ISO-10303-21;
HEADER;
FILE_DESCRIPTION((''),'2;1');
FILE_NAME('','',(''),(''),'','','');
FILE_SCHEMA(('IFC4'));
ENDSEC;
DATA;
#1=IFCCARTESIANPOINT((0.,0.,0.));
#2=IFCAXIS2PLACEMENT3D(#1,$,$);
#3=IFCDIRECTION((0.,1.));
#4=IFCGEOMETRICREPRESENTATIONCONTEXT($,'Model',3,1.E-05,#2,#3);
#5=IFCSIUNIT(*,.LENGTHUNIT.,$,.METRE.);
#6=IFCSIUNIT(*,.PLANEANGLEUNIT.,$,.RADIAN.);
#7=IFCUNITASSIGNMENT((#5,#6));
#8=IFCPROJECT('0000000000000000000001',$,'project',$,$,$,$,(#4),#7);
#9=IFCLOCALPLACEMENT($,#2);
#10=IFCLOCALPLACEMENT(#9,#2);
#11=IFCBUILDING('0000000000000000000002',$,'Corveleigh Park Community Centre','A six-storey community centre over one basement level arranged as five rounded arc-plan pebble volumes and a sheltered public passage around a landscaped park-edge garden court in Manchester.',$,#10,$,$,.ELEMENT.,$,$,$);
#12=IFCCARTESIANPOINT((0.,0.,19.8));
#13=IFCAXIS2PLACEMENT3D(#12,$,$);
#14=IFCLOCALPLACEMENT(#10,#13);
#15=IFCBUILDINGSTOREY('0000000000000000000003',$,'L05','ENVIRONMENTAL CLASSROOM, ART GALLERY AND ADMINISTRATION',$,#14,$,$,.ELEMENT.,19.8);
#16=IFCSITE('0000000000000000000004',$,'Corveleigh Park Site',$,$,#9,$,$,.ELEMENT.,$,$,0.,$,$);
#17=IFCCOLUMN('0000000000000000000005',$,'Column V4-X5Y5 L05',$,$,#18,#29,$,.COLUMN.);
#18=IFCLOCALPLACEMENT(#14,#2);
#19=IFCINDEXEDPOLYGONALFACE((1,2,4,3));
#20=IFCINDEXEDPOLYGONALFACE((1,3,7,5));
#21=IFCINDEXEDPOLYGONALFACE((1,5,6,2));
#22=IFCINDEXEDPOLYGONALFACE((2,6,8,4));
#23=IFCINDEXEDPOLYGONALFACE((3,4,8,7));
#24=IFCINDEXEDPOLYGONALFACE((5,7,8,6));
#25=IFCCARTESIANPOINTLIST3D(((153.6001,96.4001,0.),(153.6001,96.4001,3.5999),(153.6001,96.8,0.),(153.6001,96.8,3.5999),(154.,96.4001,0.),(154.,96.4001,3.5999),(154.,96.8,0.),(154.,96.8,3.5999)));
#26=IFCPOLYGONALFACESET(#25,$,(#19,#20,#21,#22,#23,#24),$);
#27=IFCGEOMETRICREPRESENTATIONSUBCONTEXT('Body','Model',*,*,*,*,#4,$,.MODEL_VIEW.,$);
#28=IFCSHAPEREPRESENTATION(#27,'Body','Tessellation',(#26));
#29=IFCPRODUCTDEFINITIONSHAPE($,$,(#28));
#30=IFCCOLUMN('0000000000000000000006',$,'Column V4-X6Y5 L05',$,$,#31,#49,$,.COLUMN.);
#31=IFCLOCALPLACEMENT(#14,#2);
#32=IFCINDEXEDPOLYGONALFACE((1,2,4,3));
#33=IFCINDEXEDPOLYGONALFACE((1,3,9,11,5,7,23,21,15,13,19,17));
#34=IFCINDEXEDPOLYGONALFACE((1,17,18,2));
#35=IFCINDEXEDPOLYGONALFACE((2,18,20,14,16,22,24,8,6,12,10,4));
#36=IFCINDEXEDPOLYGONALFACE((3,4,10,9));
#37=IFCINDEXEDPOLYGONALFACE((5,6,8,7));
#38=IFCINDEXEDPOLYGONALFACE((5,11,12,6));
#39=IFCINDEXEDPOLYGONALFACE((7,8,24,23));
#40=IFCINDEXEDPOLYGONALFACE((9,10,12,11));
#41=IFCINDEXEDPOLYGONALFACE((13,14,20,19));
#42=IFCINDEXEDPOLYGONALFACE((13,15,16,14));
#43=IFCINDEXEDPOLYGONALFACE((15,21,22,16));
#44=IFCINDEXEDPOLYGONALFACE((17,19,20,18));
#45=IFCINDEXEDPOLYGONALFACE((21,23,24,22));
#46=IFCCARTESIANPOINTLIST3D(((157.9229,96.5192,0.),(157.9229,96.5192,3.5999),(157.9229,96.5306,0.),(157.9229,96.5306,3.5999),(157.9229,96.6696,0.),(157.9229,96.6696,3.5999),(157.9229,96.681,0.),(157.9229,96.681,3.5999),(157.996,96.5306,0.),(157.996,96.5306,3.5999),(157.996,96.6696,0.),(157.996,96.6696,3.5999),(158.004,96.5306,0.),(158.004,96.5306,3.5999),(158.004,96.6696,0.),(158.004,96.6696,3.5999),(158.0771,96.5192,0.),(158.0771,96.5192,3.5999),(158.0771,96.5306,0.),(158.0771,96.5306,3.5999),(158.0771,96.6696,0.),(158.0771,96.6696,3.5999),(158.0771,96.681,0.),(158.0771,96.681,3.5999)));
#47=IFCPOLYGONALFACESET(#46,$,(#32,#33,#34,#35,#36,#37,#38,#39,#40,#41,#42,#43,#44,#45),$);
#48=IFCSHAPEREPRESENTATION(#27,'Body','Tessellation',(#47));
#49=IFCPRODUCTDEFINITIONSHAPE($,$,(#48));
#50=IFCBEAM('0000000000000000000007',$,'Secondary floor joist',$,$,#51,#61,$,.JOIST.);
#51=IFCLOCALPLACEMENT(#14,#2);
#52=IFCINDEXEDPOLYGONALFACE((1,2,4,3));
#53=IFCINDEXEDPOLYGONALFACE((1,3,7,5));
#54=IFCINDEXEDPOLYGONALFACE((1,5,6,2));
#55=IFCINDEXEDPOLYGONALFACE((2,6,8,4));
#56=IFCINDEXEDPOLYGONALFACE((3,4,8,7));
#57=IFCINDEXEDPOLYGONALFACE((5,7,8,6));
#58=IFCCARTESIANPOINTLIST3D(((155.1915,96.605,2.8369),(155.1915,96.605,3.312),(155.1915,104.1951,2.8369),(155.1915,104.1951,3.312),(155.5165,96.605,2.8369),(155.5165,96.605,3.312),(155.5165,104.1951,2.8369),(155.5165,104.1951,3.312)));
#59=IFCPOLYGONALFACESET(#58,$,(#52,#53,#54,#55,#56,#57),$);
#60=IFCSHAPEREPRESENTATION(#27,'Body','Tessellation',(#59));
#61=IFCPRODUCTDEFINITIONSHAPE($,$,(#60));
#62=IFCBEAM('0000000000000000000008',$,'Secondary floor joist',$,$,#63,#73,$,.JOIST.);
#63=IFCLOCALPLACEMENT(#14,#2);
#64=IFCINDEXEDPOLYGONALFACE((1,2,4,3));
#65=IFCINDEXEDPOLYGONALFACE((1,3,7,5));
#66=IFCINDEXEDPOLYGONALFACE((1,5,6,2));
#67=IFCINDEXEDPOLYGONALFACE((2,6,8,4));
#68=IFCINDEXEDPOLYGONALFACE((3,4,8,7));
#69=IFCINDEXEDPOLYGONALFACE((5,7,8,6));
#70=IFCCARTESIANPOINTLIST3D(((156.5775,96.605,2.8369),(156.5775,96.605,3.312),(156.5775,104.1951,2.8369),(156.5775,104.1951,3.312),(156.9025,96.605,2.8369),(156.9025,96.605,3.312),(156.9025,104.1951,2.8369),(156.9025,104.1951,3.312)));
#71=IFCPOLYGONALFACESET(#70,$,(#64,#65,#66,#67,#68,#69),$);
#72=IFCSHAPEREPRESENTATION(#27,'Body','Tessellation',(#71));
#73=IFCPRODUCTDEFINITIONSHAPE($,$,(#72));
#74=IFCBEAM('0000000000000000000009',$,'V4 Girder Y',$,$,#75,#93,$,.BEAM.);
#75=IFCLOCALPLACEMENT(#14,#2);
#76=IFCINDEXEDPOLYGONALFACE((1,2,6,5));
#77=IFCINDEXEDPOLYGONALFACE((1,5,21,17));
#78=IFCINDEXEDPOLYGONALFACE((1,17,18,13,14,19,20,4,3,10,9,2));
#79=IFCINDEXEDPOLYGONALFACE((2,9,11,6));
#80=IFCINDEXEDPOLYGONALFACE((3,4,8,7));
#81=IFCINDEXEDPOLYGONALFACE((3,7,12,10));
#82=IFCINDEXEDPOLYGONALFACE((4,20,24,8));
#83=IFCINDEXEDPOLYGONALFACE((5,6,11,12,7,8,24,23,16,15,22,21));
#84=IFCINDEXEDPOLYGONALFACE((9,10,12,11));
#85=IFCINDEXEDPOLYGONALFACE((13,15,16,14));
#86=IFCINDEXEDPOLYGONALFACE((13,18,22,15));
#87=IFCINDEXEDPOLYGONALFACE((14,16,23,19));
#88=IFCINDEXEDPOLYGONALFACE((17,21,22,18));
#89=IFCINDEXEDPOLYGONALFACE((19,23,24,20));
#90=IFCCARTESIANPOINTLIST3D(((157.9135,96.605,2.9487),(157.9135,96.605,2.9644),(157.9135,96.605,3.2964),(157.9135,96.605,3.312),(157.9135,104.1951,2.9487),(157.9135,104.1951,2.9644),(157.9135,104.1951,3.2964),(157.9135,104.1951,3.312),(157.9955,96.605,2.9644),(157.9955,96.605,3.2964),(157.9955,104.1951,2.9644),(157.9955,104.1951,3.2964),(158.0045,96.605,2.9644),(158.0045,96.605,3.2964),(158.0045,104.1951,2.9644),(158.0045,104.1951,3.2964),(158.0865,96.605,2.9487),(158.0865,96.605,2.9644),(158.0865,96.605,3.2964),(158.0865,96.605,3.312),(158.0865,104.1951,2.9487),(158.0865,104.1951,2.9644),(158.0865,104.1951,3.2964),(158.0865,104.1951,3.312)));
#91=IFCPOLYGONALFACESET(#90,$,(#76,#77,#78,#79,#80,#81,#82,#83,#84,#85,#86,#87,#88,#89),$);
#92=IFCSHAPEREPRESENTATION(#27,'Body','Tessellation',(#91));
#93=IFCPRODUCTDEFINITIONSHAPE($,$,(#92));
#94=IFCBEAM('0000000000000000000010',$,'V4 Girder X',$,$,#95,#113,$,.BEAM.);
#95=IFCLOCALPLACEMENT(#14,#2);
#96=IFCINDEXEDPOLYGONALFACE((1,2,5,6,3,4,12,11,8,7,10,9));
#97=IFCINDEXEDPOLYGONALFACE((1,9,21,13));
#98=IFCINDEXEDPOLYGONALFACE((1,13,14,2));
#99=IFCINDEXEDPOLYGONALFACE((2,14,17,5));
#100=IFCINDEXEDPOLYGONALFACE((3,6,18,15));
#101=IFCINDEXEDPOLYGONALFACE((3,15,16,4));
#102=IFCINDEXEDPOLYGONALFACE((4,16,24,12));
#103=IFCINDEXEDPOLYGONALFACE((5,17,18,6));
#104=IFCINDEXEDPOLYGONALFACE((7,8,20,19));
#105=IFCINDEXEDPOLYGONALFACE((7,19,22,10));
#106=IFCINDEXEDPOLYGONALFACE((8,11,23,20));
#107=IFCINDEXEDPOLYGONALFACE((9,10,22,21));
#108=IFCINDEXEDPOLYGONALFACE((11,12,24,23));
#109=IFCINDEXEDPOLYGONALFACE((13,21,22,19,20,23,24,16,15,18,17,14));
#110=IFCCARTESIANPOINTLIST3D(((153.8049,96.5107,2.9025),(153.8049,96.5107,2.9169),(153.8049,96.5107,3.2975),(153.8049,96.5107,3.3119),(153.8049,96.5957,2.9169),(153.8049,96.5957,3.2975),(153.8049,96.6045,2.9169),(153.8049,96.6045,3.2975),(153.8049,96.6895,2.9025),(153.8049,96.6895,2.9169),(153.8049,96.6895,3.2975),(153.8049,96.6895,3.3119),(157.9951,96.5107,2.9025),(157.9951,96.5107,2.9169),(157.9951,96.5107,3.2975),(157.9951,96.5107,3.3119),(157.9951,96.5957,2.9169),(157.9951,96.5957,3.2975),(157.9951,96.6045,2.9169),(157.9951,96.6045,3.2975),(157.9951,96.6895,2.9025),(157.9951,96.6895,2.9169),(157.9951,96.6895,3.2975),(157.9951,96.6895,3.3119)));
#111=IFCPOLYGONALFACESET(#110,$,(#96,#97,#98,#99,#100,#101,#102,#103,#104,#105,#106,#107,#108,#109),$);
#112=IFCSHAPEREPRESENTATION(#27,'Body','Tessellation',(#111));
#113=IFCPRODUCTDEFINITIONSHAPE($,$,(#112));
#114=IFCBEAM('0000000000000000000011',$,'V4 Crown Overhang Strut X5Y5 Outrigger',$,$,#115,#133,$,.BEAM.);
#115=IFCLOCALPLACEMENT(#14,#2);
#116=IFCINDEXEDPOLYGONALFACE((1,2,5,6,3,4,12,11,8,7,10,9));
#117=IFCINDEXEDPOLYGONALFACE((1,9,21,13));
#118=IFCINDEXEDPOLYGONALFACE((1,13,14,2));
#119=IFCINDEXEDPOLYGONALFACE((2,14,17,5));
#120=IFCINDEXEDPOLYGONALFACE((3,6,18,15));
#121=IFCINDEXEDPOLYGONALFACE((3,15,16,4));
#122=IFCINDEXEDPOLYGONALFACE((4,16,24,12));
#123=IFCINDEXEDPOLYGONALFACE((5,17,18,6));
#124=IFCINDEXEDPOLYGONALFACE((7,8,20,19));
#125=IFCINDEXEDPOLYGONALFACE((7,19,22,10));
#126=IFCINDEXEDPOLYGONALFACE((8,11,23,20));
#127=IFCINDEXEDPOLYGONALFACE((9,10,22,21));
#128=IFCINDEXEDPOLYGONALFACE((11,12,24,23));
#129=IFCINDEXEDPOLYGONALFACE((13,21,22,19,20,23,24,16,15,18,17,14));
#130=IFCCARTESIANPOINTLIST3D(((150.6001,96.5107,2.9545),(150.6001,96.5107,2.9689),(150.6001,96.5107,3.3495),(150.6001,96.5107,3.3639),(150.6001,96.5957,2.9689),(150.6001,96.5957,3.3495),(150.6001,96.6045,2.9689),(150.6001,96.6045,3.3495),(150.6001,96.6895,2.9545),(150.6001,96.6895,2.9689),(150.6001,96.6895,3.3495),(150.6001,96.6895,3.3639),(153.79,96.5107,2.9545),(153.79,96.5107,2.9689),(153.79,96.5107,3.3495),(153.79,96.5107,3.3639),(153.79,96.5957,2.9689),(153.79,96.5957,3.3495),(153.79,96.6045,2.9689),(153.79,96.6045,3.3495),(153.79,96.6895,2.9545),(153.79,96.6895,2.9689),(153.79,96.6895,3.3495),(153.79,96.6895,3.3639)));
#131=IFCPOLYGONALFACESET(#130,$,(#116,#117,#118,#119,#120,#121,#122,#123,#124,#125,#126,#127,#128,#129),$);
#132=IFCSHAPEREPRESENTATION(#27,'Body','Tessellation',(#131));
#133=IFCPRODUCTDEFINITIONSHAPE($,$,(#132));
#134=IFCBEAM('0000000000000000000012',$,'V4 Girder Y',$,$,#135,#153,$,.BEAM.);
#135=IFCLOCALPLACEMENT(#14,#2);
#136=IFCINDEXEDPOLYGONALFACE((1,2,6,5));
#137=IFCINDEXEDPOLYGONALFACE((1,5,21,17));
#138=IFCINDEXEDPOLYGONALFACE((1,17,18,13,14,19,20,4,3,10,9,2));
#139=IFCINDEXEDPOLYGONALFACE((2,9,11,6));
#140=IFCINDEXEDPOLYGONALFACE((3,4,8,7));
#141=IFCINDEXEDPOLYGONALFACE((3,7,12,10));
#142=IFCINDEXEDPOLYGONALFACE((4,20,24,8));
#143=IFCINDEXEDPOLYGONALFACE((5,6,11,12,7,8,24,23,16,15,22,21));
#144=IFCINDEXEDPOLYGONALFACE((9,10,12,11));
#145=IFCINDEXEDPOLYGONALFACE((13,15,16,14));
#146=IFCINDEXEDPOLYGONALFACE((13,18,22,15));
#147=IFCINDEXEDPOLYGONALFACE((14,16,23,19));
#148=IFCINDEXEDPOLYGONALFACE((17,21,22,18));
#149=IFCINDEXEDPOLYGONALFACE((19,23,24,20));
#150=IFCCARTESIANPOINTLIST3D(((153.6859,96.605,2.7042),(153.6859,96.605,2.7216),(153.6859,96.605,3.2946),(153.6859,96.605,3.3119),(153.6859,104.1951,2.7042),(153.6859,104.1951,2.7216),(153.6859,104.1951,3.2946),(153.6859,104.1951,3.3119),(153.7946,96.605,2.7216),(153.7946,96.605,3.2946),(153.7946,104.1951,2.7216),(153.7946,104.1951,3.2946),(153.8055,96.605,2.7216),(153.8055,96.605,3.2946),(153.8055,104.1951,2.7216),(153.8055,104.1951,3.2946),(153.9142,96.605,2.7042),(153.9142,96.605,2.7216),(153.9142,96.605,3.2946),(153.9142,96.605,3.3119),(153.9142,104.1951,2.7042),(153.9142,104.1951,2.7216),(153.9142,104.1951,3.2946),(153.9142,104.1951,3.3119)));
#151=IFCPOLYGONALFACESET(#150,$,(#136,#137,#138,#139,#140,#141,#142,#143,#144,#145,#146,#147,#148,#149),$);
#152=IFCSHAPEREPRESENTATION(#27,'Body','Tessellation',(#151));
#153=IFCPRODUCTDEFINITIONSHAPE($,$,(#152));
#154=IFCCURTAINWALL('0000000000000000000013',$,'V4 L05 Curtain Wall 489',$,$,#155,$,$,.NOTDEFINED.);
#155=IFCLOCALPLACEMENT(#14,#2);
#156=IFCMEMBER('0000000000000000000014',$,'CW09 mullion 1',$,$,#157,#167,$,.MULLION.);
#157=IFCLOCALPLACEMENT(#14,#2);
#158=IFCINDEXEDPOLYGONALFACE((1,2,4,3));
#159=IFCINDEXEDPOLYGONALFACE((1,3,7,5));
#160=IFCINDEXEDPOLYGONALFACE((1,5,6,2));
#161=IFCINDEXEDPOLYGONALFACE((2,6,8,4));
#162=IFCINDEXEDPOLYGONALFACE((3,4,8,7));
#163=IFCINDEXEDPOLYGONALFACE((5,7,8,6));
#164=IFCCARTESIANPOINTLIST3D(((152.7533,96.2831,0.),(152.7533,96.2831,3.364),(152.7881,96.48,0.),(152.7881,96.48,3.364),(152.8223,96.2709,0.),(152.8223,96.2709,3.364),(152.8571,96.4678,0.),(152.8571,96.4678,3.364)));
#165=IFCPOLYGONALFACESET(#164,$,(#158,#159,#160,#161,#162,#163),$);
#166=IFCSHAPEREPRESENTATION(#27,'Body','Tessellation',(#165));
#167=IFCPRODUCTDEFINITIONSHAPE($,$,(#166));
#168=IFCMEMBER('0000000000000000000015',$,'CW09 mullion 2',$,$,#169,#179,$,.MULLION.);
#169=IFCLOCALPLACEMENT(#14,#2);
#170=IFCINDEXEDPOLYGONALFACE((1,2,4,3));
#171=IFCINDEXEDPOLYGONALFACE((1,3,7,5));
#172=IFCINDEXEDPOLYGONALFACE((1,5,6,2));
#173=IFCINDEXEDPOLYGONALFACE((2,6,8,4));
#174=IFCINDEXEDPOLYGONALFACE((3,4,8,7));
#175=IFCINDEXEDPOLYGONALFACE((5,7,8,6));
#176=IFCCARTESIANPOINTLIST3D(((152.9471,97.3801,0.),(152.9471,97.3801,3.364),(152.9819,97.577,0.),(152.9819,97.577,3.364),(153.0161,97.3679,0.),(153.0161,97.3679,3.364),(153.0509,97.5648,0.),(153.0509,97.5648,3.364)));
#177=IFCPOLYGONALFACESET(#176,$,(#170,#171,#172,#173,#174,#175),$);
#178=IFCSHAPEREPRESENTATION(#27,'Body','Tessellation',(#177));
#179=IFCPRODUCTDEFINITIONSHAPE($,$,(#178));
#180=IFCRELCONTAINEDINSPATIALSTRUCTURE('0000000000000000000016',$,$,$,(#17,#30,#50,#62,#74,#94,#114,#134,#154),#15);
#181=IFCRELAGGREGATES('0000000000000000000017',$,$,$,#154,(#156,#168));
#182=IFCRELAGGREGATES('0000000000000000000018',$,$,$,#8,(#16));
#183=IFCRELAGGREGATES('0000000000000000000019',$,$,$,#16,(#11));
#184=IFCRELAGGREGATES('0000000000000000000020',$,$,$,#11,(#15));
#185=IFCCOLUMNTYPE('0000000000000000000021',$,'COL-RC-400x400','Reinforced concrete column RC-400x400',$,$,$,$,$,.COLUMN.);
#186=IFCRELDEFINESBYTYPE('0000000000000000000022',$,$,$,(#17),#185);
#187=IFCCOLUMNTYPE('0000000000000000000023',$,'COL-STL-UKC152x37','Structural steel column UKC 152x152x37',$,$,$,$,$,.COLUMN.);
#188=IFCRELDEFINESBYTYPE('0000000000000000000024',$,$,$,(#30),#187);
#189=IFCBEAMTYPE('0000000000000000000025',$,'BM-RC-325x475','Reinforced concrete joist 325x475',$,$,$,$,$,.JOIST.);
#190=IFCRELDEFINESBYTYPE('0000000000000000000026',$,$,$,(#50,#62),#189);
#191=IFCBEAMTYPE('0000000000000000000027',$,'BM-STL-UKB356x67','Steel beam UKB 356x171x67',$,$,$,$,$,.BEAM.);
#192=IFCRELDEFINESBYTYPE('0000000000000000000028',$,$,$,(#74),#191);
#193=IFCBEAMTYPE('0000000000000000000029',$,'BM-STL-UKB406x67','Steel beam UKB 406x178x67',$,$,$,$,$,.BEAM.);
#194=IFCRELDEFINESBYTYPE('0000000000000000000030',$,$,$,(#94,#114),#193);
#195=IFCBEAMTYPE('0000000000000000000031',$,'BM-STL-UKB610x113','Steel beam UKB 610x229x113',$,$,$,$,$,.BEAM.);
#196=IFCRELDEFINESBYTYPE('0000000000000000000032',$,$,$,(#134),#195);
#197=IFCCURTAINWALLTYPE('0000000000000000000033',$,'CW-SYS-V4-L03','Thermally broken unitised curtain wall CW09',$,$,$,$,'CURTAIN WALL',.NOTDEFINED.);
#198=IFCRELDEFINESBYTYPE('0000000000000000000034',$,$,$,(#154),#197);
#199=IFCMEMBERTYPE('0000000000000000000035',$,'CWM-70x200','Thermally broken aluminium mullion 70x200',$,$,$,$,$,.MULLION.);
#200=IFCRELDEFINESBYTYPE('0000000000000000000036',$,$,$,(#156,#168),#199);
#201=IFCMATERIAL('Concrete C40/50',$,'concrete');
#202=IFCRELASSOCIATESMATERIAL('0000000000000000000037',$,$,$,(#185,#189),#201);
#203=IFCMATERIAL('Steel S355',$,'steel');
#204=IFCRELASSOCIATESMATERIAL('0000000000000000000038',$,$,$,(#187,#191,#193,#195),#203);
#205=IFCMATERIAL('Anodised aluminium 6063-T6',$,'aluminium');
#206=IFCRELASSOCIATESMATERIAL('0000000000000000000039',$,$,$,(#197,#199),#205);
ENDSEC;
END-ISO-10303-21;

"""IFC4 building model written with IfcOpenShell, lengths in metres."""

from ifc_helpers import new_model, si_unit, direction, frame, origin, origin_2d, place, context, subcontext, project, spatial, rectangle, i_section, extrude, material, material_profile, profile_set, type_object, element, aggregate, save


model = new_model("IFC4")

# Units and contexts
model_context = context("Model", 3, precision=1e-05, world=origin(), true_north=direction((0.0, 1.0)))
body_context = subcontext(model_context, "Body", "Model", "MODEL_VIEW")
ifc_project = project(units=[si_unit("LENGTHUNIT", "METRE"), si_unit("PLANEANGLEUNIT", "RADIAN")], contexts=[model_context])

# Site, building, storey
site_placement = place(None, origin())
site = spatial("IfcSite", under=ifc_project, at=site_placement, Name="Corveleigh Park Site", CompositionType="ELEMENT", RefElevation=0.0)
building_placement = place(site_placement, origin())
building = spatial("IfcBuilding", under=site, at=building_placement, Name="Corveleigh Park Community Centre", Description="A six-storey community centre over one basement level arranged as five rounded arc-plan pebble volumes and a sheltered public passage around a landscaped park-edge garden court in Manchester.", CompositionType="ELEMENT")
storey_placement = place(building_placement, frame((0.0, 0.0, 19.8)))
storey = spatial("IfcBuildingStorey", under=building, at=storey_placement, Name="L05", Description="ENVIRONMENTAL CLASSROOM, ART GALLERY AND ADMINISTRATION", CompositionType="ELEMENT", Elevation=19.8)

# Columns
ifc_material_1 = material(Name="Concrete C40/50", Category="concrete")
ifc_material_profile_1 = material_profile(ifc_material_1, rectangle(XDim=0.3999, YDim=0.3999, at=origin_2d()), Name="RC-400x400", Category="concrete")
ifc_profile_set_1 = profile_set([ifc_material_profile_1], Name="Concrete C40/50")
column_type_1 = type_object("IfcColumnType", Name="COL-RC-400x400", Description="Reinforced concrete column RC-400x400", PredefinedType="COLUMN", material=ifc_profile_set_1)
column_1_placement = place(storey_placement, frame((153.8, 96.6001, 0.0), z_axis=(0.0, 0.0, 1.0), x_axis=(1.0, 0.0, 0.0)))
element("IfcColumn", 1, at=column_1_placement, inside=storey, type_object=column_type_1, Name="Column V4-X5Y5 L05", PredefinedType="COLUMN", context=body_context, shape_type="SweptSolid", body=[
    extrude(rectangle(XDim=0.3999, YDim=0.3999, at=origin_2d()), origin(), (0.0, 0.0, 1.0), 3.5999),
])
ifc_material_2 = material(Name="Steel S355", Category="steel")
ifc_material_profile_2 = material_profile(ifc_material_2, i_section(OverallWidth=0.1543, OverallDepth=0.1619, WebThickness=0.0081, FlangeThickness=0.0115, at=origin_2d()), Name="UKC 152x152x37", Category="steel")
ifc_profile_set_2 = profile_set([ifc_material_profile_2], Name="Steel S355")
column_type_2 = type_object("IfcColumnType", Name="COL-STL-UKC152x37", Description="Structural steel column UKC 152x152x37", PredefinedType="COLUMN", material=ifc_profile_set_2)
column_2_placement = place(storey_placement, frame((158.0, 96.6001, 0.0), z_axis=(0.0, 0.0, 1.0), x_axis=(1.0, 0.0, 0.0)))
element("IfcColumn", 2, at=column_2_placement, inside=storey, type_object=column_type_2, Name="Column V4-X6Y5 L05", PredefinedType="COLUMN", context=body_context, shape_type="SweptSolid", body=[
    extrude(i_section(OverallWidth=0.1543, OverallDepth=0.1619, WebThickness=0.0081, FlangeThickness=0.0115, at=origin_2d()), origin(), (0.0, 0.0, 1.0), 3.5999),
])

# Beams
ifc_material_profile_3 = material_profile(ifc_material_1, rectangle(XDim=0.325, YDim=0.4751, at=origin_2d()), Name="RC-325x475", Category="concrete")
ifc_profile_set_3 = profile_set([ifc_material_profile_3], Name="Concrete C40/50")
beam_type_1 = type_object("IfcBeamType", Name="BM-RC-325x475", Description="Reinforced concrete joist 325x475", PredefinedType="JOIST", material=ifc_profile_set_3)
for number, where, z_axis, x_axis, name in (
    (3, (155.354, 96.605, 3.0745), (0.0, 1.0, 0.0), (-1.0, 0.0, 0.0), "Secondary floor joist"),
    (4, (156.74, 96.605, 3.0745), (0.0, 1.0, 0.0), (-1.0, 0.0, 0.0), "Secondary floor joist"),
):
    element("IfcBeam", number, at=place(storey_placement, frame(where, z_axis=z_axis, x_axis=x_axis)), inside=storey, type_object=beam_type_1, Name=name, PredefinedType="JOIST", context=body_context, shape_type="SweptSolid", body=[
        extrude(rectangle(XDim=0.325, YDim=0.4751, at=origin_2d()), origin(), (0.0, 0.0, 1.0), 7.5901),
    ])
ifc_material_profile_4 = material_profile(ifc_material_2, i_section(OverallWidth=0.1731, OverallDepth=0.3633, WebThickness=0.009, FlangeThickness=0.0156, at=origin_2d()), Name="UKB 356x171x67", Category="steel")
ifc_profile_set_4 = profile_set([ifc_material_profile_4], Name="Steel S355")
beam_type_2 = type_object("IfcBeamType", Name="BM-STL-UKB356x67", Description="Steel beam UKB 356x171x67", PredefinedType="BEAM", material=ifc_profile_set_4)
beam_1_placement = place(storey_placement, frame((158.0, 96.605, 3.1304), z_axis=(0.0, 1.0, 0.0), x_axis=(-1.0, 0.0, 0.0)))
element("IfcBeam", 5, at=beam_1_placement, inside=storey, type_object=beam_type_2, Name="V4 Girder Y", PredefinedType="BEAM", context=body_context, shape_type="SweptSolid", body=[
    extrude(i_section(OverallWidth=0.1731, OverallDepth=0.3633, WebThickness=0.009, FlangeThickness=0.0156, at=origin_2d()), origin(), (0.0, 0.0, 1.0), 7.5901),
])
ifc_material_profile_5 = material_profile(ifc_material_2, i_section(OverallWidth=0.1787, OverallDepth=0.4094, WebThickness=0.0088, FlangeThickness=0.0144, at=origin_2d()), Name="UKB 406x178x67", Category="steel")
ifc_profile_set_5 = profile_set([ifc_material_profile_5], Name="Steel S355")
beam_type_3 = type_object("IfcBeamType", Name="BM-STL-UKB406x67", Description="Steel beam UKB 406x178x67", PredefinedType="BEAM", material=ifc_profile_set_5)
beam_2_placement = place(storey_placement, frame((153.8049, 96.6001, 3.1072), z_axis=(1.0, 0.0, 0.0), x_axis=(0.0, 1.0, 0.0)))
element("IfcBeam", 6, at=beam_2_placement, inside=storey, type_object=beam_type_3, Name="V4 Girder X", PredefinedType="BEAM", context=body_context, shape_type="SweptSolid", body=[
    extrude(i_section(OverallWidth=0.1787, OverallDepth=0.4094, WebThickness=0.0088, FlangeThickness=0.0144, at=origin_2d()), origin(), (0.0, 0.0, 1.0), 4.1902),
])
beam_3_placement = place(storey_placement, frame((153.79, 96.6001, 3.1592), z_axis=(-1.0, 0.0, 0.0), x_axis=(0.0, -1.0, 0.0)))
element("IfcBeam", 7, at=beam_3_placement, inside=storey, type_object=beam_type_3, Name="V4 Crown Overhang Strut X5Y5 Outrigger", PredefinedType="BEAM", context=body_context, shape_type="SweptSolid", body=[
    extrude(i_section(OverallWidth=0.1787, OverallDepth=0.4094, WebThickness=0.0088, FlangeThickness=0.0144, at=origin_2d()), origin(), (0.0, 0.0, 1.0), 3.1899),
])
ifc_material_profile_6 = material_profile(ifc_material_2, i_section(OverallWidth=0.2283, OverallDepth=0.6077, WebThickness=0.011, FlangeThickness=0.0173, at=origin_2d()), Name="UKB 610x229x113", Category="steel")
ifc_profile_set_6 = profile_set([ifc_material_profile_6], Name="Steel S355")
beam_type_4 = type_object("IfcBeamType", Name="BM-STL-UKB610x113", Description="Steel beam UKB 610x229x113", PredefinedType="BEAM", material=ifc_profile_set_6)
beam_4_placement = place(storey_placement, frame((153.8, 96.605, 3.0081), z_axis=(0.0, 1.0, 0.0), x_axis=(-1.0, 0.0, 0.0)))
element("IfcBeam", 8, at=beam_4_placement, inside=storey, type_object=beam_type_4, Name="V4 Girder Y", PredefinedType="BEAM", context=body_context, shape_type="SweptSolid", body=[
    extrude(i_section(OverallWidth=0.2283, OverallDepth=0.6077, WebThickness=0.011, FlangeThickness=0.0173, at=origin_2d()), origin(), (0.0, 0.0, 1.0), 7.5901),
])

# Curtain wall, members
ifc_material_3 = material(Name="Anodised aluminium 6063-T6", Category="aluminium")
curtain_wall_type = type_object("IfcCurtainWallType", Name="CW-SYS-V4-L03", Description="Thermally broken unitised curtain wall CW09", ElementType="CURTAIN WALL", PredefinedType="NOTDEFINED", material=ifc_material_3)
curtain_wall_placement = place(storey_placement, origin())
curtain_wall = element("IfcCurtainWall", 9, at=curtain_wall_placement, inside=storey, type_object=curtain_wall_type, Name="V4 L05 Curtain Wall 489", PredefinedType="NOTDEFINED")
ifc_material_profile_7 = material_profile(ifc_material_3, rectangle(XDim=0.0701, YDim=0.2, at=origin_2d()), Name="ALU-M70x200", Category="aluminium")
ifc_profile_set_7 = profile_set([ifc_material_profile_7], Name="Anodised aluminium 6063-T6")
member_type_1 = type_object("IfcMemberType", Name="CWM-70x200", Description="Thermally broken aluminium mullion 70x200", PredefinedType="MULLION", material=ifc_profile_set_7)
member_1_placement = place(storey_placement, frame((152.8052, 96.3755, 0.0), z_axis=(0.0, 0.0, 1.0), x_axis=(-0.984735, 0.174058, 0.0)))
member_1 = element("IfcMember", 10, at=member_1_placement, type_object=member_type_1, Name="CW09 mullion 1", PredefinedType="MULLION", context=body_context, shape_type="SweptSolid", body=[
    extrude(rectangle(XDim=0.0701, YDim=0.2, at=origin_2d()), origin(), (0.0, 0.0, 1.0), 3.364),
])
member_2_placement = place(storey_placement, frame((152.999, 97.4724, 0.0), z_axis=(0.0, 0.0, 1.0), x_axis=(-0.984735, 0.174058, 0.0)))
member_2 = element("IfcMember", 11, at=member_2_placement, type_object=member_type_1, Name="CW09 mullion 2", PredefinedType="MULLION", context=body_context, shape_type="SweptSolid", body=[
    extrude(rectangle(XDim=0.0701, YDim=0.2, at=origin_2d()), origin(), (0.0, 0.0, 1.0), 3.364),
])

aggregate(curtain_wall, [member_1, member_2])

save(model, "model.ifc")
